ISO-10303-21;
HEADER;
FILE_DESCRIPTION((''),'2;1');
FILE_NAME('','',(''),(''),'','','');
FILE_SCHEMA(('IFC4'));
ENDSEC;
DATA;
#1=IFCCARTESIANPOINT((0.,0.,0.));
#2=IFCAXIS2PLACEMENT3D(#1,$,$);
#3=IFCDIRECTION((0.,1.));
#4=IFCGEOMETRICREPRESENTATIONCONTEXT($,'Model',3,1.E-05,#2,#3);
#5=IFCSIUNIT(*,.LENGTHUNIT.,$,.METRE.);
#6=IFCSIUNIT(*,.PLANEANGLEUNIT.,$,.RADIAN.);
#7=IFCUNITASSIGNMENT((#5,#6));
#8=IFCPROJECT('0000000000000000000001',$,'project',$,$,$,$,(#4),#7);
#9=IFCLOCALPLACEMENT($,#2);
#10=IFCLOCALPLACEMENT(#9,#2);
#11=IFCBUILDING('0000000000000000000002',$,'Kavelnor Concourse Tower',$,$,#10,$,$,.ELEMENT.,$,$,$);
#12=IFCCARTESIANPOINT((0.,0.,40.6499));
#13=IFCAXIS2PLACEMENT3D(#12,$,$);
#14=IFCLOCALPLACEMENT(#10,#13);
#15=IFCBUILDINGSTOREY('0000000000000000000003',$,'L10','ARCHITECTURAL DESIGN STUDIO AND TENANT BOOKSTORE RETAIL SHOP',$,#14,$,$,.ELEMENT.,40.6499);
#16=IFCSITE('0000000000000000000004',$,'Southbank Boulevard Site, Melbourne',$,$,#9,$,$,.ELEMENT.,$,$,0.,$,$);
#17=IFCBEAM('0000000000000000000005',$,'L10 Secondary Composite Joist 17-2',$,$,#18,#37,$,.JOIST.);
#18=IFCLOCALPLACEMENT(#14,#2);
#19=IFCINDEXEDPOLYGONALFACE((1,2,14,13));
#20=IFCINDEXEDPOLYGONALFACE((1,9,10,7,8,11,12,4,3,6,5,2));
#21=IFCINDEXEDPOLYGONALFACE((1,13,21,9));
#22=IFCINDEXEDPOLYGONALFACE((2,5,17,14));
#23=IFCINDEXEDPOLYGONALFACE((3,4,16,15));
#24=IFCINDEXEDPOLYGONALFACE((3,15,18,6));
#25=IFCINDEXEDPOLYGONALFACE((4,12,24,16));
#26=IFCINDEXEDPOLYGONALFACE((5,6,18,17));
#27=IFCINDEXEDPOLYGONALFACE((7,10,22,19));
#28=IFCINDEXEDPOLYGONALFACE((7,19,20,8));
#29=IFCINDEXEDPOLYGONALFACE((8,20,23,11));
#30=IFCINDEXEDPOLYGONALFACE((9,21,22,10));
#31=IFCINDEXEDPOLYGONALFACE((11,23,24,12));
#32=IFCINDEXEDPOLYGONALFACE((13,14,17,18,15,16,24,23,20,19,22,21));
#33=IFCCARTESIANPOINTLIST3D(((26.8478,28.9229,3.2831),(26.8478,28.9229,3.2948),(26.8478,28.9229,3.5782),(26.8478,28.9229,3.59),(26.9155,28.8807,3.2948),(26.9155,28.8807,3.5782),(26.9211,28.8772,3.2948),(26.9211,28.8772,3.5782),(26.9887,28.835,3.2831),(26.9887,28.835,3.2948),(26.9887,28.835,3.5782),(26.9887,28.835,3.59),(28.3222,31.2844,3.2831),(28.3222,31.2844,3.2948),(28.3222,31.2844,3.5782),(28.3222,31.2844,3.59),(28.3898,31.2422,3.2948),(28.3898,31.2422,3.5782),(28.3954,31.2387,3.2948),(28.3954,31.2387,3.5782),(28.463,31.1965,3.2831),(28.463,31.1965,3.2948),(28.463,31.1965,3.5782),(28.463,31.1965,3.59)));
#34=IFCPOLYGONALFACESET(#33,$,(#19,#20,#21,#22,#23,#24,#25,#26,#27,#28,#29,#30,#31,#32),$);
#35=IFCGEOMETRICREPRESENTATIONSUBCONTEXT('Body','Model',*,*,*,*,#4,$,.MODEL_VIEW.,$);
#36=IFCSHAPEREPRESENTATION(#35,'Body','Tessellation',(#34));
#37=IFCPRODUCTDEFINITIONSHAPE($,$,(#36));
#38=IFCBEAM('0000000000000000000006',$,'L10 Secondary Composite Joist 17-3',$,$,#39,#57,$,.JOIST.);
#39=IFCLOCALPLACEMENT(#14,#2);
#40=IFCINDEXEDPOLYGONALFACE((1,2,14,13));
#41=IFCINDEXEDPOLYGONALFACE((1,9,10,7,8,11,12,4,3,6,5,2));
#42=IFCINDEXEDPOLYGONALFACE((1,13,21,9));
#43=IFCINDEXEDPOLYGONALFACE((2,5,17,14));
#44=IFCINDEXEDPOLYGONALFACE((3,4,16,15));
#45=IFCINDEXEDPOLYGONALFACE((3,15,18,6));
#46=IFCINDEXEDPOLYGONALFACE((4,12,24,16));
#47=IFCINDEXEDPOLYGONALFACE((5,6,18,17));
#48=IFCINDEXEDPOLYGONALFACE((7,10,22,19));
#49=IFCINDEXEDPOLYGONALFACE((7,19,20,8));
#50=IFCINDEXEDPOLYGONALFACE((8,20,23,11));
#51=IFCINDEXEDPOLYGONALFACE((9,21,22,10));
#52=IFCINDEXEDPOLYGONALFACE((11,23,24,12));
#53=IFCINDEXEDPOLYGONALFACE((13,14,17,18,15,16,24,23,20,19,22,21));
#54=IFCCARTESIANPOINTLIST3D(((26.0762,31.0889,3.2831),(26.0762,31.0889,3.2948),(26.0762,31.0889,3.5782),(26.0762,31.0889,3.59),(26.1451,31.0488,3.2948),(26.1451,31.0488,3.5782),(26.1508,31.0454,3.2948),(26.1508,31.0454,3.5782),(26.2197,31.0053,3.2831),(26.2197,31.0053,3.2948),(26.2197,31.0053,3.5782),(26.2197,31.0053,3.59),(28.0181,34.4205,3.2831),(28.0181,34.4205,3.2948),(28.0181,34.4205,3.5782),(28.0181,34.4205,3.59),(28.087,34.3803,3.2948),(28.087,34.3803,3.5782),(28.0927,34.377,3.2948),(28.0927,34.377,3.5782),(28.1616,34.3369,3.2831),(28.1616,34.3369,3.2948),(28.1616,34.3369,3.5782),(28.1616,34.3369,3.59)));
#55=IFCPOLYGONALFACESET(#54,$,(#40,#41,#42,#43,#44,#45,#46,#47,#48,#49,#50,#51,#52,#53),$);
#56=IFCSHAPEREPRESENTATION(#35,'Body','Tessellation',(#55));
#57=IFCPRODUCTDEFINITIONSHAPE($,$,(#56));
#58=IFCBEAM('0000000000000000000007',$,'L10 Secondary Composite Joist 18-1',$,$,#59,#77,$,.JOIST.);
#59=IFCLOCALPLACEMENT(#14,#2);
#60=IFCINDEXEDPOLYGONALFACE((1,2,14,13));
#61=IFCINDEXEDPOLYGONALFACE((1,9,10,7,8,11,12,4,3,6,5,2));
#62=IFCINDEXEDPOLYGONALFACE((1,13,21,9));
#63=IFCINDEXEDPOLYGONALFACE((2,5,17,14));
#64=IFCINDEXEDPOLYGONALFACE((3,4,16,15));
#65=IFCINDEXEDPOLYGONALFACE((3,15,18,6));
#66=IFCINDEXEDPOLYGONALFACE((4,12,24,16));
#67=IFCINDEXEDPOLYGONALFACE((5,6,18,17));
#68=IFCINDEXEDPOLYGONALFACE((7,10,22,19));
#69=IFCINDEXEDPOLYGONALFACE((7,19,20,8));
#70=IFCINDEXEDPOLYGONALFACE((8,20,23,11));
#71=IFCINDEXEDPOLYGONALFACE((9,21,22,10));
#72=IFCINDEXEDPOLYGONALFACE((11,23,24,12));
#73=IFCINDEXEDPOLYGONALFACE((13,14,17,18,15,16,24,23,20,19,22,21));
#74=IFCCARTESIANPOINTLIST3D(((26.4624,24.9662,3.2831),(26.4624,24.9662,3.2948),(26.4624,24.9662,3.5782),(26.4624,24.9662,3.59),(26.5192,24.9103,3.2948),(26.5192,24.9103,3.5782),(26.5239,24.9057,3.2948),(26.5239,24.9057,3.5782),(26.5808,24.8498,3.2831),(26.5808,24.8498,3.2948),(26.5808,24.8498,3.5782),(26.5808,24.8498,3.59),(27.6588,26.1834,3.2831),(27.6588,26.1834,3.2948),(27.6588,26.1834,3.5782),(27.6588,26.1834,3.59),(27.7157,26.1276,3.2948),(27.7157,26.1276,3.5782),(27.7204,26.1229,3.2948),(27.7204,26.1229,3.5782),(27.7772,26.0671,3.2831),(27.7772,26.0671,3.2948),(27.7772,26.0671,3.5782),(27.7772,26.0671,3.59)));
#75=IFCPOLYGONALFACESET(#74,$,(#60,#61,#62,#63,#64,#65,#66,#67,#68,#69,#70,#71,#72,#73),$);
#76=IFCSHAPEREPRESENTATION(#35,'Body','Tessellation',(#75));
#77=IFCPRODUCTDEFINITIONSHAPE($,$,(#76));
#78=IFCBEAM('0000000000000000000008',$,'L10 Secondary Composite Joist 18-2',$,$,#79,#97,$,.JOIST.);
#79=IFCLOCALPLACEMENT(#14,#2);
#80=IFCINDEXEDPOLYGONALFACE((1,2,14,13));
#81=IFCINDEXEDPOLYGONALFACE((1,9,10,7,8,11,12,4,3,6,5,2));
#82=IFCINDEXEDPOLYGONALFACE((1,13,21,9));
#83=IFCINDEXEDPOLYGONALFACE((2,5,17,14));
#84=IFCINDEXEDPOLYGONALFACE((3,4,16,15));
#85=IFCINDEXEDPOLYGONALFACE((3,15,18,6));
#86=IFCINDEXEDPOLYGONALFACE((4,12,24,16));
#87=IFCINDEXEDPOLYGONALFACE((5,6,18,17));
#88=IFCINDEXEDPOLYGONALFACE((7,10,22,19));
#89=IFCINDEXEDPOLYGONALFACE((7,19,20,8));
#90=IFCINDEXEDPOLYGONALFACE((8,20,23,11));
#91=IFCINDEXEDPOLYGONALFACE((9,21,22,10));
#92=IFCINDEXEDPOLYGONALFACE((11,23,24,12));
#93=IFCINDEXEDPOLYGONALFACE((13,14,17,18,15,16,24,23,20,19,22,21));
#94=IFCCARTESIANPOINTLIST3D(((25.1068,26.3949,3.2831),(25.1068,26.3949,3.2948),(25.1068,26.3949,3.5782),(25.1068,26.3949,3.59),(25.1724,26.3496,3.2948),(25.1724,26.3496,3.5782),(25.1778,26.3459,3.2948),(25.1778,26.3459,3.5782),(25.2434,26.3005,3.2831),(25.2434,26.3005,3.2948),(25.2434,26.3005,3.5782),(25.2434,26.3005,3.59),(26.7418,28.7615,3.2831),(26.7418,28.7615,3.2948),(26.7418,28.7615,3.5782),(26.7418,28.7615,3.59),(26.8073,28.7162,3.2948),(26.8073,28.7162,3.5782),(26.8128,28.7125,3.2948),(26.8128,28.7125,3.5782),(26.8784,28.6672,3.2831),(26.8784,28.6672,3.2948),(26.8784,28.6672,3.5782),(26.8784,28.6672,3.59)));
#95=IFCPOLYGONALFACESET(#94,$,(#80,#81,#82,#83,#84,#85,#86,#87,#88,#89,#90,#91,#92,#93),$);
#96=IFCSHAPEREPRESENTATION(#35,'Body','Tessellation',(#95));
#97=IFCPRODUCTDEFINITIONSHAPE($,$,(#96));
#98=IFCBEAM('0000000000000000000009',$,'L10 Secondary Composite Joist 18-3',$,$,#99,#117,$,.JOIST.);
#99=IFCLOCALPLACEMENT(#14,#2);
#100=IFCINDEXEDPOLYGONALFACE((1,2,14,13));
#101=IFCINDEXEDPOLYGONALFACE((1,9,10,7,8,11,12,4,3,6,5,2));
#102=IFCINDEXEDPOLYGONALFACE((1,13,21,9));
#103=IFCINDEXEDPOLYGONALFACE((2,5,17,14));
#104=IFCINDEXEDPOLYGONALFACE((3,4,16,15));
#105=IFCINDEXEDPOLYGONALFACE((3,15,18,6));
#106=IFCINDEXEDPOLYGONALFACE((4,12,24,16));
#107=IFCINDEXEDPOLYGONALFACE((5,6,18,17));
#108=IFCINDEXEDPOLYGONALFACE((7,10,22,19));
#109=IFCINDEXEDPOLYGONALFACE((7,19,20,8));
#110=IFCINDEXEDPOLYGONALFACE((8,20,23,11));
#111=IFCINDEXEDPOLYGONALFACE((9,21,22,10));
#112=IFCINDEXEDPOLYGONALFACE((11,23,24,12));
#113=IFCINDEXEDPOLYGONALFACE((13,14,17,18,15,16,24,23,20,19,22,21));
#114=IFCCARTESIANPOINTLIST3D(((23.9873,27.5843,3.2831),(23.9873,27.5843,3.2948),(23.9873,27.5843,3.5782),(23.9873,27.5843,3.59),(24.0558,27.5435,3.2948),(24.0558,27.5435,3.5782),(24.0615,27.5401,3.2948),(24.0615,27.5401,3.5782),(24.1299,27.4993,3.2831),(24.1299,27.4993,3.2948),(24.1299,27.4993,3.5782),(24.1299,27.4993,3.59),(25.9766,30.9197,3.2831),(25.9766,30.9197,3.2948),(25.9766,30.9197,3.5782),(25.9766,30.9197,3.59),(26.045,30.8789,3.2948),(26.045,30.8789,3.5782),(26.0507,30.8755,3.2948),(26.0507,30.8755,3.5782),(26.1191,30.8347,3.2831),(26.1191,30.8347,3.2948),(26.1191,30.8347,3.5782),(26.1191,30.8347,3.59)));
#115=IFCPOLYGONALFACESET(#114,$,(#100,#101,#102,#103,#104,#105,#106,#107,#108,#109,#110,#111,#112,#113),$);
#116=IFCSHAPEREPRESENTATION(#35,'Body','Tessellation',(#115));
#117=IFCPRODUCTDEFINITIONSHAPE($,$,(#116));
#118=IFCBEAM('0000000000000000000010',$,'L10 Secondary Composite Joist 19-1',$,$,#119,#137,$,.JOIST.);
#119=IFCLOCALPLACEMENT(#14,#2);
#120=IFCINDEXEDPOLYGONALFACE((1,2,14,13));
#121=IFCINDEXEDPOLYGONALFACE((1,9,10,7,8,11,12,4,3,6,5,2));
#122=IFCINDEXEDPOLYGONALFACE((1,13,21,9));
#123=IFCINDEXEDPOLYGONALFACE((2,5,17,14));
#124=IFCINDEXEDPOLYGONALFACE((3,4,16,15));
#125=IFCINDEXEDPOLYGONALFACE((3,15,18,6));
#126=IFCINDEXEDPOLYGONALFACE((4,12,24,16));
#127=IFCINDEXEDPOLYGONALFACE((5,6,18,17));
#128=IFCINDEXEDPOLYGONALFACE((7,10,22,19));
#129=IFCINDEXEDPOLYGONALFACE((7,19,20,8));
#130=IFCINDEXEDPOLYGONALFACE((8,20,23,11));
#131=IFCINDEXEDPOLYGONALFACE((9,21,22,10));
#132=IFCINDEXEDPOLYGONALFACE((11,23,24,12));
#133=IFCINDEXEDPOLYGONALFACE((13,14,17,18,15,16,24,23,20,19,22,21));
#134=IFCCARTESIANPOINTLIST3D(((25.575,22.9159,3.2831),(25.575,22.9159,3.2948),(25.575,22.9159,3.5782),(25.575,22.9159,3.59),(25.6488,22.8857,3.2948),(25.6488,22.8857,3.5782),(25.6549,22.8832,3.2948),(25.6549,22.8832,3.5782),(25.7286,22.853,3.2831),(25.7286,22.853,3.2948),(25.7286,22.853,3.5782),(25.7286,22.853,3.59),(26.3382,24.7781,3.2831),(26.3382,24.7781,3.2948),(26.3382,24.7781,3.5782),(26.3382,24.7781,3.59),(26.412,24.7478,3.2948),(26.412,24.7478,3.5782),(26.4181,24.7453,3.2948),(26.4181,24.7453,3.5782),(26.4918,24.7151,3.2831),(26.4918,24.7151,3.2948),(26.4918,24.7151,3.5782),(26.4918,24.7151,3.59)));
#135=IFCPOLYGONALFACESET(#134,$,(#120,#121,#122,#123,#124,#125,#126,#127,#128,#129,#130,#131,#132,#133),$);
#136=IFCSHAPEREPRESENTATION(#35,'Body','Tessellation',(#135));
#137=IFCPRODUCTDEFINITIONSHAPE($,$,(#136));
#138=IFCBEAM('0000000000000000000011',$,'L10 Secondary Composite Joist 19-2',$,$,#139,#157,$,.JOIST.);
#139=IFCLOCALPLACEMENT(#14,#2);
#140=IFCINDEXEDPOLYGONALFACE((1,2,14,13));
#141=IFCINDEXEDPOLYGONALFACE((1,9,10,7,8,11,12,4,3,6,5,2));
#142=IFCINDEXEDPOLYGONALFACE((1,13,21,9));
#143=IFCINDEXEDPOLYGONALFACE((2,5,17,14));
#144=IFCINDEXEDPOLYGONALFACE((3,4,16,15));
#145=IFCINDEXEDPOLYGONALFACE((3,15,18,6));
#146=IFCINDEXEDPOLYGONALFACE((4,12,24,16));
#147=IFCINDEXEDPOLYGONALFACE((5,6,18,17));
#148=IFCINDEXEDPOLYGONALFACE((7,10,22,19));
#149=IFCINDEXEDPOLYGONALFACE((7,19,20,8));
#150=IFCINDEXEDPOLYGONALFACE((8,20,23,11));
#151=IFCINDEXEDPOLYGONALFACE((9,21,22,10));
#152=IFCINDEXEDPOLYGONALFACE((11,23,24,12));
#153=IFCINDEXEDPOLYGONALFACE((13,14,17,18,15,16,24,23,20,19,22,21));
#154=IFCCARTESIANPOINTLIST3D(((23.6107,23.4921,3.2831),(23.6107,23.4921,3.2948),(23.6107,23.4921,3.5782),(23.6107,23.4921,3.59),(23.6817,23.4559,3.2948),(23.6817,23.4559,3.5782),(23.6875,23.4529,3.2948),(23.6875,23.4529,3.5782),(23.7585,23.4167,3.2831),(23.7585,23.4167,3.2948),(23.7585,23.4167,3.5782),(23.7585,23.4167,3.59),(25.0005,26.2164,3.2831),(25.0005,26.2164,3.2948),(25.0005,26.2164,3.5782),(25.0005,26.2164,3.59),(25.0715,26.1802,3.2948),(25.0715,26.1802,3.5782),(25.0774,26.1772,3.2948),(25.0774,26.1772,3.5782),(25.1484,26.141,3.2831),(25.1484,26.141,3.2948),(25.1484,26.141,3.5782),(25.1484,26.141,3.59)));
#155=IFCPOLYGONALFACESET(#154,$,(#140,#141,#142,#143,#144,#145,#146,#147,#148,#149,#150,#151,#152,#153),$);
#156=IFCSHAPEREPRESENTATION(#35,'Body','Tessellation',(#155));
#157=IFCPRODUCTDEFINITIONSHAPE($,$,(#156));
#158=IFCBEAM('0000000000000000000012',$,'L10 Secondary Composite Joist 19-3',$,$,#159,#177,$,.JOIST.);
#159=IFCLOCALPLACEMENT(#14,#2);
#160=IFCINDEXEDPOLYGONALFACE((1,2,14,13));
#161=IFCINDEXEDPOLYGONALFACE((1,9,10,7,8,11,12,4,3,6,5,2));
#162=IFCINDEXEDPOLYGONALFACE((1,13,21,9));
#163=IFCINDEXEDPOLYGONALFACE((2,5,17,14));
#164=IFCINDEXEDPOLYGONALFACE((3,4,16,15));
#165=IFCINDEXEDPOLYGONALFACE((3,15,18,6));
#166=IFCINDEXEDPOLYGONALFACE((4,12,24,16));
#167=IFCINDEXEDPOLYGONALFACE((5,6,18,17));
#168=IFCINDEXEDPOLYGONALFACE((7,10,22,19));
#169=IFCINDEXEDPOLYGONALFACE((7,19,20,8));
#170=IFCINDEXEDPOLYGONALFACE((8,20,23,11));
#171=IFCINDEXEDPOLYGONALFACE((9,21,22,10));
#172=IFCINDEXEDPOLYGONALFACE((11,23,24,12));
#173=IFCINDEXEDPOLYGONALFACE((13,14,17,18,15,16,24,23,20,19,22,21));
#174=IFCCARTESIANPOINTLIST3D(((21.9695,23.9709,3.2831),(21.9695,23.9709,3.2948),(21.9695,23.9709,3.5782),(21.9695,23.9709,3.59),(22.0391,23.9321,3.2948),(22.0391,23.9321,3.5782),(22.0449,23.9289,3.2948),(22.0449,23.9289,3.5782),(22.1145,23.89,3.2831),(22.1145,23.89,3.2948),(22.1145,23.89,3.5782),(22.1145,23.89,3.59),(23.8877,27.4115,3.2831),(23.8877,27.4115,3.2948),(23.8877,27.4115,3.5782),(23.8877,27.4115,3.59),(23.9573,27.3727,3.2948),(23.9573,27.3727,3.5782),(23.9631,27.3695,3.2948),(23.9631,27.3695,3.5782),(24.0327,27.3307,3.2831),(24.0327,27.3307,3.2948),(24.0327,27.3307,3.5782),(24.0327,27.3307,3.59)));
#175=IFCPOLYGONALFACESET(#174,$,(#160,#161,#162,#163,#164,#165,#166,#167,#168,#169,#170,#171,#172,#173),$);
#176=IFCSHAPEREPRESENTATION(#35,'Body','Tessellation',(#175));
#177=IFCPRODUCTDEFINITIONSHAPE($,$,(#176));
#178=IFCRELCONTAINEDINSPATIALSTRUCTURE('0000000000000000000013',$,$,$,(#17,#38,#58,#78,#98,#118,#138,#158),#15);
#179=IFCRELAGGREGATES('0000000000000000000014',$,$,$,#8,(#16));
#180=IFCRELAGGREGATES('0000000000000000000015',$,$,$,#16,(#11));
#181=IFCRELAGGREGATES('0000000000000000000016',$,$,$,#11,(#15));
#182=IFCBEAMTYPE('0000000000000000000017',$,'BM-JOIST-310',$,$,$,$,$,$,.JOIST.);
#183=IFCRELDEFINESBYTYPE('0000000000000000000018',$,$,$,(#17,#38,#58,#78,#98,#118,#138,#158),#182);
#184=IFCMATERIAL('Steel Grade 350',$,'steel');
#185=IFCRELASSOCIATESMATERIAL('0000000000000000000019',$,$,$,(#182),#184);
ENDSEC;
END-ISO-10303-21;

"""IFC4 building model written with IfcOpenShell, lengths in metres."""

from ifc_helpers import new_model, si_unit, direction, frame, origin, origin_2d, place, context, subcontext, project, spatial, i_section, extrude, material, material_profile, profile_set, type_object, element, save


model = new_model("IFC4")

# Units and contexts
model_context = context("Model", 3, precision=1e-05, world=origin(), true_north=direction((0.0, 1.0)))
body_context = subcontext(model_context, "Body", "Model", "MODEL_VIEW")
ifc_project = project(units=[si_unit("LENGTHUNIT", "METRE"), si_unit("PLANEANGLEUNIT", "RADIAN")], contexts=[model_context])

# Site, building, storey
site_placement = place(None, origin())
site = spatial("IfcSite", under=ifc_project, at=site_placement, Name="Southbank Boulevard Site, Melbourne", CompositionType="ELEMENT", RefElevation=0.0)
building_placement = place(site_placement, origin())
building = spatial("IfcBuilding", under=site, at=building_placement, Name="Kavelnor Concourse Tower", CompositionType="ELEMENT")
storey_placement = place(building_placement, frame((0.0, 0.0, 40.6499)))
storey = spatial("IfcBuildingStorey", under=building, at=storey_placement, Name="L10", Description="ARCHITECTURAL DESIGN STUDIO AND TENANT BOOKSTORE RETAIL SHOP", CompositionType="ELEMENT", Elevation=40.6499)

# Shared definitions
ifc_material_1 = material(Name="Steel Grade 350", Category="steel")

# Beams
ifc_material_profile_1 = material_profile(ifc_material_1, i_section(OverallWidth=0.166, OverallDepth=0.3069, WebThickness=0.0066, FlangeThickness=0.0117, at=origin_2d()), Name="310UB46")
ifc_profile_set_1 = profile_set([ifc_material_profile_1], Name="Steel Grade 350")
beam_type_1 = type_object("IfcBeamType", Name="BM-JOIST-310", PredefinedType="JOIST", material=ifc_profile_set_1)
beam_1_placement = place(storey_placement, frame((28.3926, 31.2405, 3.4365), z_axis=(-0.529581, -0.848259, 0.0), x_axis=(0.848259, -0.529581, 0.0)))
element("IfcBeam", 1, at=beam_1_placement, inside=storey, type_object=beam_type_1, Name="L10 Secondary Composite Joist 17-2", PredefinedType="JOIST", context=body_context, shape_type="SweptSolid", body=[
    extrude(i_section(OverallWidth=0.166, OverallDepth=0.3069, WebThickness=0.0066, FlangeThickness=0.0117, at=origin_2d()), origin(), (0.0, 0.0, 1.0), 2.7839),
])
beam_2_placement = place(storey_placement, frame((28.0898, 34.3787, 3.4365), z_axis=(-0.50358, -0.863949, 0.0), x_axis=(0.863949, -0.50358, 0.0)))
element("IfcBeam", 2, at=beam_2_placement, inside=storey, type_object=beam_type_1, Name="L10 Secondary Composite Joist 17-3", PredefinedType="JOIST", context=body_context, shape_type="SweptSolid", body=[
    extrude(i_section(OverallWidth=0.166, OverallDepth=0.3069, WebThickness=0.0066, FlangeThickness=0.0117, at=origin_2d()), origin(), (0.0, 0.0, 1.0), 3.8562),
])
beam_3_placement = place(storey_placement, frame((27.718, 26.1252, 3.4365), z_axis=(-0.701002, -0.71316, 0.0), x_axis=(0.71316, -0.701002, 0.0)))
element("IfcBeam", 3, at=beam_3_placement, inside=storey, type_object=beam_type_1, Name="L10 Secondary Composite Joist 18-1", PredefinedType="JOIST", context=body_context, shape_type="SweptSolid", body=[
    extrude(i_section(OverallWidth=0.166, OverallDepth=0.3069, WebThickness=0.0066, FlangeThickness=0.0117, at=origin_2d()), origin(), (0.0, 0.0, 1.0), 1.7068),
])
beam_4_placement = place(storey_placement, frame((26.8101, 28.7144, 3.4365), z_axis=(-0.568393, -0.822757, 0.0), x_axis=(0.822757, -0.568393, 0.0)))
element("IfcBeam", 4, at=beam_4_placement, inside=storey, type_object=beam_type_1, Name="L10 Secondary Composite Joist 18-2", PredefinedType="JOIST", context=body_context, shape_type="SweptSolid", body=[
    extrude(i_section(OverallWidth=0.166, OverallDepth=0.3069, WebThickness=0.0066, FlangeThickness=0.0117, at=origin_2d()), origin(), (0.0, 0.0, 1.0), 2.8765),
])
beam_5_placement = place(storey_placement, frame((26.0479, 30.8772, 3.4365), z_axis=(-0.51222, -0.858854, 0.0), x_axis=(0.858854, -0.51222, 0.0)))
element("IfcBeam", 5, at=beam_5_placement, inside=storey, type_object=beam_type_1, Name="L10 Secondary Composite Joist 18-3", PredefinedType="JOIST", context=body_context, shape_type="SweptSolid", body=[
    extrude(i_section(OverallWidth=0.166, OverallDepth=0.3069, WebThickness=0.0066, FlangeThickness=0.0117, at=origin_2d()), origin(), (0.0, 0.0, 1.0), 3.8835),
])
beam_6_placement = place(storey_placement, frame((26.415, 24.7466, 3.4365), z_axis=(-0.379242, -0.925297, 0.0), x_axis=(0.925297, -0.379242, 0.0)))
element("IfcBeam", 6, at=beam_6_placement, inside=storey, type_object=beam_type_1, Name="L10 Secondary Composite Joist 19-1", PredefinedType="JOIST", context=body_context, shape_type="SweptSolid", body=[
    extrude(i_section(OverallWidth=0.166, OverallDepth=0.3069, WebThickness=0.0066, FlangeThickness=0.0117, at=origin_2d()), origin(), (0.0, 0.0, 1.0), 2.0125),
])
beam_7_placement = place(storey_placement, frame((25.0745, 26.1787, 3.4365), z_axis=(-0.454447, -0.890774, 0.0), x_axis=(0.890774, -0.454447, 0.0)))
element("IfcBeam", 7, at=beam_7_placement, inside=storey, type_object=beam_type_1, Name="L10 Secondary Composite Joist 19-2", PredefinedType="JOIST", context=body_context, shape_type="SweptSolid", body=[
    extrude(i_section(OverallWidth=0.166, OverallDepth=0.3069, WebThickness=0.0066, FlangeThickness=0.0117, at=origin_2d()), origin(), (0.0, 0.0, 1.0), 3.0583),
])
beam_8_placement = place(storey_placement, frame((23.9602, 27.3711, 3.4365), z_axis=(-0.486947, -0.873431, 0.0), x_axis=(0.873431, -0.486947, 0.0)))
element("IfcBeam", 8, at=beam_8_placement, inside=storey, type_object=beam_type_1, Name="L10 Secondary Composite Joist 19-3", PredefinedType="JOIST", context=body_context, shape_type="SweptSolid", body=[
    extrude(i_section(OverallWidth=0.166, OverallDepth=0.3069, WebThickness=0.0066, FlangeThickness=0.0117, at=origin_2d()), origin(), (0.0, 0.0, 1.0), 3.9392),
])

save(model, "model.ifc")
